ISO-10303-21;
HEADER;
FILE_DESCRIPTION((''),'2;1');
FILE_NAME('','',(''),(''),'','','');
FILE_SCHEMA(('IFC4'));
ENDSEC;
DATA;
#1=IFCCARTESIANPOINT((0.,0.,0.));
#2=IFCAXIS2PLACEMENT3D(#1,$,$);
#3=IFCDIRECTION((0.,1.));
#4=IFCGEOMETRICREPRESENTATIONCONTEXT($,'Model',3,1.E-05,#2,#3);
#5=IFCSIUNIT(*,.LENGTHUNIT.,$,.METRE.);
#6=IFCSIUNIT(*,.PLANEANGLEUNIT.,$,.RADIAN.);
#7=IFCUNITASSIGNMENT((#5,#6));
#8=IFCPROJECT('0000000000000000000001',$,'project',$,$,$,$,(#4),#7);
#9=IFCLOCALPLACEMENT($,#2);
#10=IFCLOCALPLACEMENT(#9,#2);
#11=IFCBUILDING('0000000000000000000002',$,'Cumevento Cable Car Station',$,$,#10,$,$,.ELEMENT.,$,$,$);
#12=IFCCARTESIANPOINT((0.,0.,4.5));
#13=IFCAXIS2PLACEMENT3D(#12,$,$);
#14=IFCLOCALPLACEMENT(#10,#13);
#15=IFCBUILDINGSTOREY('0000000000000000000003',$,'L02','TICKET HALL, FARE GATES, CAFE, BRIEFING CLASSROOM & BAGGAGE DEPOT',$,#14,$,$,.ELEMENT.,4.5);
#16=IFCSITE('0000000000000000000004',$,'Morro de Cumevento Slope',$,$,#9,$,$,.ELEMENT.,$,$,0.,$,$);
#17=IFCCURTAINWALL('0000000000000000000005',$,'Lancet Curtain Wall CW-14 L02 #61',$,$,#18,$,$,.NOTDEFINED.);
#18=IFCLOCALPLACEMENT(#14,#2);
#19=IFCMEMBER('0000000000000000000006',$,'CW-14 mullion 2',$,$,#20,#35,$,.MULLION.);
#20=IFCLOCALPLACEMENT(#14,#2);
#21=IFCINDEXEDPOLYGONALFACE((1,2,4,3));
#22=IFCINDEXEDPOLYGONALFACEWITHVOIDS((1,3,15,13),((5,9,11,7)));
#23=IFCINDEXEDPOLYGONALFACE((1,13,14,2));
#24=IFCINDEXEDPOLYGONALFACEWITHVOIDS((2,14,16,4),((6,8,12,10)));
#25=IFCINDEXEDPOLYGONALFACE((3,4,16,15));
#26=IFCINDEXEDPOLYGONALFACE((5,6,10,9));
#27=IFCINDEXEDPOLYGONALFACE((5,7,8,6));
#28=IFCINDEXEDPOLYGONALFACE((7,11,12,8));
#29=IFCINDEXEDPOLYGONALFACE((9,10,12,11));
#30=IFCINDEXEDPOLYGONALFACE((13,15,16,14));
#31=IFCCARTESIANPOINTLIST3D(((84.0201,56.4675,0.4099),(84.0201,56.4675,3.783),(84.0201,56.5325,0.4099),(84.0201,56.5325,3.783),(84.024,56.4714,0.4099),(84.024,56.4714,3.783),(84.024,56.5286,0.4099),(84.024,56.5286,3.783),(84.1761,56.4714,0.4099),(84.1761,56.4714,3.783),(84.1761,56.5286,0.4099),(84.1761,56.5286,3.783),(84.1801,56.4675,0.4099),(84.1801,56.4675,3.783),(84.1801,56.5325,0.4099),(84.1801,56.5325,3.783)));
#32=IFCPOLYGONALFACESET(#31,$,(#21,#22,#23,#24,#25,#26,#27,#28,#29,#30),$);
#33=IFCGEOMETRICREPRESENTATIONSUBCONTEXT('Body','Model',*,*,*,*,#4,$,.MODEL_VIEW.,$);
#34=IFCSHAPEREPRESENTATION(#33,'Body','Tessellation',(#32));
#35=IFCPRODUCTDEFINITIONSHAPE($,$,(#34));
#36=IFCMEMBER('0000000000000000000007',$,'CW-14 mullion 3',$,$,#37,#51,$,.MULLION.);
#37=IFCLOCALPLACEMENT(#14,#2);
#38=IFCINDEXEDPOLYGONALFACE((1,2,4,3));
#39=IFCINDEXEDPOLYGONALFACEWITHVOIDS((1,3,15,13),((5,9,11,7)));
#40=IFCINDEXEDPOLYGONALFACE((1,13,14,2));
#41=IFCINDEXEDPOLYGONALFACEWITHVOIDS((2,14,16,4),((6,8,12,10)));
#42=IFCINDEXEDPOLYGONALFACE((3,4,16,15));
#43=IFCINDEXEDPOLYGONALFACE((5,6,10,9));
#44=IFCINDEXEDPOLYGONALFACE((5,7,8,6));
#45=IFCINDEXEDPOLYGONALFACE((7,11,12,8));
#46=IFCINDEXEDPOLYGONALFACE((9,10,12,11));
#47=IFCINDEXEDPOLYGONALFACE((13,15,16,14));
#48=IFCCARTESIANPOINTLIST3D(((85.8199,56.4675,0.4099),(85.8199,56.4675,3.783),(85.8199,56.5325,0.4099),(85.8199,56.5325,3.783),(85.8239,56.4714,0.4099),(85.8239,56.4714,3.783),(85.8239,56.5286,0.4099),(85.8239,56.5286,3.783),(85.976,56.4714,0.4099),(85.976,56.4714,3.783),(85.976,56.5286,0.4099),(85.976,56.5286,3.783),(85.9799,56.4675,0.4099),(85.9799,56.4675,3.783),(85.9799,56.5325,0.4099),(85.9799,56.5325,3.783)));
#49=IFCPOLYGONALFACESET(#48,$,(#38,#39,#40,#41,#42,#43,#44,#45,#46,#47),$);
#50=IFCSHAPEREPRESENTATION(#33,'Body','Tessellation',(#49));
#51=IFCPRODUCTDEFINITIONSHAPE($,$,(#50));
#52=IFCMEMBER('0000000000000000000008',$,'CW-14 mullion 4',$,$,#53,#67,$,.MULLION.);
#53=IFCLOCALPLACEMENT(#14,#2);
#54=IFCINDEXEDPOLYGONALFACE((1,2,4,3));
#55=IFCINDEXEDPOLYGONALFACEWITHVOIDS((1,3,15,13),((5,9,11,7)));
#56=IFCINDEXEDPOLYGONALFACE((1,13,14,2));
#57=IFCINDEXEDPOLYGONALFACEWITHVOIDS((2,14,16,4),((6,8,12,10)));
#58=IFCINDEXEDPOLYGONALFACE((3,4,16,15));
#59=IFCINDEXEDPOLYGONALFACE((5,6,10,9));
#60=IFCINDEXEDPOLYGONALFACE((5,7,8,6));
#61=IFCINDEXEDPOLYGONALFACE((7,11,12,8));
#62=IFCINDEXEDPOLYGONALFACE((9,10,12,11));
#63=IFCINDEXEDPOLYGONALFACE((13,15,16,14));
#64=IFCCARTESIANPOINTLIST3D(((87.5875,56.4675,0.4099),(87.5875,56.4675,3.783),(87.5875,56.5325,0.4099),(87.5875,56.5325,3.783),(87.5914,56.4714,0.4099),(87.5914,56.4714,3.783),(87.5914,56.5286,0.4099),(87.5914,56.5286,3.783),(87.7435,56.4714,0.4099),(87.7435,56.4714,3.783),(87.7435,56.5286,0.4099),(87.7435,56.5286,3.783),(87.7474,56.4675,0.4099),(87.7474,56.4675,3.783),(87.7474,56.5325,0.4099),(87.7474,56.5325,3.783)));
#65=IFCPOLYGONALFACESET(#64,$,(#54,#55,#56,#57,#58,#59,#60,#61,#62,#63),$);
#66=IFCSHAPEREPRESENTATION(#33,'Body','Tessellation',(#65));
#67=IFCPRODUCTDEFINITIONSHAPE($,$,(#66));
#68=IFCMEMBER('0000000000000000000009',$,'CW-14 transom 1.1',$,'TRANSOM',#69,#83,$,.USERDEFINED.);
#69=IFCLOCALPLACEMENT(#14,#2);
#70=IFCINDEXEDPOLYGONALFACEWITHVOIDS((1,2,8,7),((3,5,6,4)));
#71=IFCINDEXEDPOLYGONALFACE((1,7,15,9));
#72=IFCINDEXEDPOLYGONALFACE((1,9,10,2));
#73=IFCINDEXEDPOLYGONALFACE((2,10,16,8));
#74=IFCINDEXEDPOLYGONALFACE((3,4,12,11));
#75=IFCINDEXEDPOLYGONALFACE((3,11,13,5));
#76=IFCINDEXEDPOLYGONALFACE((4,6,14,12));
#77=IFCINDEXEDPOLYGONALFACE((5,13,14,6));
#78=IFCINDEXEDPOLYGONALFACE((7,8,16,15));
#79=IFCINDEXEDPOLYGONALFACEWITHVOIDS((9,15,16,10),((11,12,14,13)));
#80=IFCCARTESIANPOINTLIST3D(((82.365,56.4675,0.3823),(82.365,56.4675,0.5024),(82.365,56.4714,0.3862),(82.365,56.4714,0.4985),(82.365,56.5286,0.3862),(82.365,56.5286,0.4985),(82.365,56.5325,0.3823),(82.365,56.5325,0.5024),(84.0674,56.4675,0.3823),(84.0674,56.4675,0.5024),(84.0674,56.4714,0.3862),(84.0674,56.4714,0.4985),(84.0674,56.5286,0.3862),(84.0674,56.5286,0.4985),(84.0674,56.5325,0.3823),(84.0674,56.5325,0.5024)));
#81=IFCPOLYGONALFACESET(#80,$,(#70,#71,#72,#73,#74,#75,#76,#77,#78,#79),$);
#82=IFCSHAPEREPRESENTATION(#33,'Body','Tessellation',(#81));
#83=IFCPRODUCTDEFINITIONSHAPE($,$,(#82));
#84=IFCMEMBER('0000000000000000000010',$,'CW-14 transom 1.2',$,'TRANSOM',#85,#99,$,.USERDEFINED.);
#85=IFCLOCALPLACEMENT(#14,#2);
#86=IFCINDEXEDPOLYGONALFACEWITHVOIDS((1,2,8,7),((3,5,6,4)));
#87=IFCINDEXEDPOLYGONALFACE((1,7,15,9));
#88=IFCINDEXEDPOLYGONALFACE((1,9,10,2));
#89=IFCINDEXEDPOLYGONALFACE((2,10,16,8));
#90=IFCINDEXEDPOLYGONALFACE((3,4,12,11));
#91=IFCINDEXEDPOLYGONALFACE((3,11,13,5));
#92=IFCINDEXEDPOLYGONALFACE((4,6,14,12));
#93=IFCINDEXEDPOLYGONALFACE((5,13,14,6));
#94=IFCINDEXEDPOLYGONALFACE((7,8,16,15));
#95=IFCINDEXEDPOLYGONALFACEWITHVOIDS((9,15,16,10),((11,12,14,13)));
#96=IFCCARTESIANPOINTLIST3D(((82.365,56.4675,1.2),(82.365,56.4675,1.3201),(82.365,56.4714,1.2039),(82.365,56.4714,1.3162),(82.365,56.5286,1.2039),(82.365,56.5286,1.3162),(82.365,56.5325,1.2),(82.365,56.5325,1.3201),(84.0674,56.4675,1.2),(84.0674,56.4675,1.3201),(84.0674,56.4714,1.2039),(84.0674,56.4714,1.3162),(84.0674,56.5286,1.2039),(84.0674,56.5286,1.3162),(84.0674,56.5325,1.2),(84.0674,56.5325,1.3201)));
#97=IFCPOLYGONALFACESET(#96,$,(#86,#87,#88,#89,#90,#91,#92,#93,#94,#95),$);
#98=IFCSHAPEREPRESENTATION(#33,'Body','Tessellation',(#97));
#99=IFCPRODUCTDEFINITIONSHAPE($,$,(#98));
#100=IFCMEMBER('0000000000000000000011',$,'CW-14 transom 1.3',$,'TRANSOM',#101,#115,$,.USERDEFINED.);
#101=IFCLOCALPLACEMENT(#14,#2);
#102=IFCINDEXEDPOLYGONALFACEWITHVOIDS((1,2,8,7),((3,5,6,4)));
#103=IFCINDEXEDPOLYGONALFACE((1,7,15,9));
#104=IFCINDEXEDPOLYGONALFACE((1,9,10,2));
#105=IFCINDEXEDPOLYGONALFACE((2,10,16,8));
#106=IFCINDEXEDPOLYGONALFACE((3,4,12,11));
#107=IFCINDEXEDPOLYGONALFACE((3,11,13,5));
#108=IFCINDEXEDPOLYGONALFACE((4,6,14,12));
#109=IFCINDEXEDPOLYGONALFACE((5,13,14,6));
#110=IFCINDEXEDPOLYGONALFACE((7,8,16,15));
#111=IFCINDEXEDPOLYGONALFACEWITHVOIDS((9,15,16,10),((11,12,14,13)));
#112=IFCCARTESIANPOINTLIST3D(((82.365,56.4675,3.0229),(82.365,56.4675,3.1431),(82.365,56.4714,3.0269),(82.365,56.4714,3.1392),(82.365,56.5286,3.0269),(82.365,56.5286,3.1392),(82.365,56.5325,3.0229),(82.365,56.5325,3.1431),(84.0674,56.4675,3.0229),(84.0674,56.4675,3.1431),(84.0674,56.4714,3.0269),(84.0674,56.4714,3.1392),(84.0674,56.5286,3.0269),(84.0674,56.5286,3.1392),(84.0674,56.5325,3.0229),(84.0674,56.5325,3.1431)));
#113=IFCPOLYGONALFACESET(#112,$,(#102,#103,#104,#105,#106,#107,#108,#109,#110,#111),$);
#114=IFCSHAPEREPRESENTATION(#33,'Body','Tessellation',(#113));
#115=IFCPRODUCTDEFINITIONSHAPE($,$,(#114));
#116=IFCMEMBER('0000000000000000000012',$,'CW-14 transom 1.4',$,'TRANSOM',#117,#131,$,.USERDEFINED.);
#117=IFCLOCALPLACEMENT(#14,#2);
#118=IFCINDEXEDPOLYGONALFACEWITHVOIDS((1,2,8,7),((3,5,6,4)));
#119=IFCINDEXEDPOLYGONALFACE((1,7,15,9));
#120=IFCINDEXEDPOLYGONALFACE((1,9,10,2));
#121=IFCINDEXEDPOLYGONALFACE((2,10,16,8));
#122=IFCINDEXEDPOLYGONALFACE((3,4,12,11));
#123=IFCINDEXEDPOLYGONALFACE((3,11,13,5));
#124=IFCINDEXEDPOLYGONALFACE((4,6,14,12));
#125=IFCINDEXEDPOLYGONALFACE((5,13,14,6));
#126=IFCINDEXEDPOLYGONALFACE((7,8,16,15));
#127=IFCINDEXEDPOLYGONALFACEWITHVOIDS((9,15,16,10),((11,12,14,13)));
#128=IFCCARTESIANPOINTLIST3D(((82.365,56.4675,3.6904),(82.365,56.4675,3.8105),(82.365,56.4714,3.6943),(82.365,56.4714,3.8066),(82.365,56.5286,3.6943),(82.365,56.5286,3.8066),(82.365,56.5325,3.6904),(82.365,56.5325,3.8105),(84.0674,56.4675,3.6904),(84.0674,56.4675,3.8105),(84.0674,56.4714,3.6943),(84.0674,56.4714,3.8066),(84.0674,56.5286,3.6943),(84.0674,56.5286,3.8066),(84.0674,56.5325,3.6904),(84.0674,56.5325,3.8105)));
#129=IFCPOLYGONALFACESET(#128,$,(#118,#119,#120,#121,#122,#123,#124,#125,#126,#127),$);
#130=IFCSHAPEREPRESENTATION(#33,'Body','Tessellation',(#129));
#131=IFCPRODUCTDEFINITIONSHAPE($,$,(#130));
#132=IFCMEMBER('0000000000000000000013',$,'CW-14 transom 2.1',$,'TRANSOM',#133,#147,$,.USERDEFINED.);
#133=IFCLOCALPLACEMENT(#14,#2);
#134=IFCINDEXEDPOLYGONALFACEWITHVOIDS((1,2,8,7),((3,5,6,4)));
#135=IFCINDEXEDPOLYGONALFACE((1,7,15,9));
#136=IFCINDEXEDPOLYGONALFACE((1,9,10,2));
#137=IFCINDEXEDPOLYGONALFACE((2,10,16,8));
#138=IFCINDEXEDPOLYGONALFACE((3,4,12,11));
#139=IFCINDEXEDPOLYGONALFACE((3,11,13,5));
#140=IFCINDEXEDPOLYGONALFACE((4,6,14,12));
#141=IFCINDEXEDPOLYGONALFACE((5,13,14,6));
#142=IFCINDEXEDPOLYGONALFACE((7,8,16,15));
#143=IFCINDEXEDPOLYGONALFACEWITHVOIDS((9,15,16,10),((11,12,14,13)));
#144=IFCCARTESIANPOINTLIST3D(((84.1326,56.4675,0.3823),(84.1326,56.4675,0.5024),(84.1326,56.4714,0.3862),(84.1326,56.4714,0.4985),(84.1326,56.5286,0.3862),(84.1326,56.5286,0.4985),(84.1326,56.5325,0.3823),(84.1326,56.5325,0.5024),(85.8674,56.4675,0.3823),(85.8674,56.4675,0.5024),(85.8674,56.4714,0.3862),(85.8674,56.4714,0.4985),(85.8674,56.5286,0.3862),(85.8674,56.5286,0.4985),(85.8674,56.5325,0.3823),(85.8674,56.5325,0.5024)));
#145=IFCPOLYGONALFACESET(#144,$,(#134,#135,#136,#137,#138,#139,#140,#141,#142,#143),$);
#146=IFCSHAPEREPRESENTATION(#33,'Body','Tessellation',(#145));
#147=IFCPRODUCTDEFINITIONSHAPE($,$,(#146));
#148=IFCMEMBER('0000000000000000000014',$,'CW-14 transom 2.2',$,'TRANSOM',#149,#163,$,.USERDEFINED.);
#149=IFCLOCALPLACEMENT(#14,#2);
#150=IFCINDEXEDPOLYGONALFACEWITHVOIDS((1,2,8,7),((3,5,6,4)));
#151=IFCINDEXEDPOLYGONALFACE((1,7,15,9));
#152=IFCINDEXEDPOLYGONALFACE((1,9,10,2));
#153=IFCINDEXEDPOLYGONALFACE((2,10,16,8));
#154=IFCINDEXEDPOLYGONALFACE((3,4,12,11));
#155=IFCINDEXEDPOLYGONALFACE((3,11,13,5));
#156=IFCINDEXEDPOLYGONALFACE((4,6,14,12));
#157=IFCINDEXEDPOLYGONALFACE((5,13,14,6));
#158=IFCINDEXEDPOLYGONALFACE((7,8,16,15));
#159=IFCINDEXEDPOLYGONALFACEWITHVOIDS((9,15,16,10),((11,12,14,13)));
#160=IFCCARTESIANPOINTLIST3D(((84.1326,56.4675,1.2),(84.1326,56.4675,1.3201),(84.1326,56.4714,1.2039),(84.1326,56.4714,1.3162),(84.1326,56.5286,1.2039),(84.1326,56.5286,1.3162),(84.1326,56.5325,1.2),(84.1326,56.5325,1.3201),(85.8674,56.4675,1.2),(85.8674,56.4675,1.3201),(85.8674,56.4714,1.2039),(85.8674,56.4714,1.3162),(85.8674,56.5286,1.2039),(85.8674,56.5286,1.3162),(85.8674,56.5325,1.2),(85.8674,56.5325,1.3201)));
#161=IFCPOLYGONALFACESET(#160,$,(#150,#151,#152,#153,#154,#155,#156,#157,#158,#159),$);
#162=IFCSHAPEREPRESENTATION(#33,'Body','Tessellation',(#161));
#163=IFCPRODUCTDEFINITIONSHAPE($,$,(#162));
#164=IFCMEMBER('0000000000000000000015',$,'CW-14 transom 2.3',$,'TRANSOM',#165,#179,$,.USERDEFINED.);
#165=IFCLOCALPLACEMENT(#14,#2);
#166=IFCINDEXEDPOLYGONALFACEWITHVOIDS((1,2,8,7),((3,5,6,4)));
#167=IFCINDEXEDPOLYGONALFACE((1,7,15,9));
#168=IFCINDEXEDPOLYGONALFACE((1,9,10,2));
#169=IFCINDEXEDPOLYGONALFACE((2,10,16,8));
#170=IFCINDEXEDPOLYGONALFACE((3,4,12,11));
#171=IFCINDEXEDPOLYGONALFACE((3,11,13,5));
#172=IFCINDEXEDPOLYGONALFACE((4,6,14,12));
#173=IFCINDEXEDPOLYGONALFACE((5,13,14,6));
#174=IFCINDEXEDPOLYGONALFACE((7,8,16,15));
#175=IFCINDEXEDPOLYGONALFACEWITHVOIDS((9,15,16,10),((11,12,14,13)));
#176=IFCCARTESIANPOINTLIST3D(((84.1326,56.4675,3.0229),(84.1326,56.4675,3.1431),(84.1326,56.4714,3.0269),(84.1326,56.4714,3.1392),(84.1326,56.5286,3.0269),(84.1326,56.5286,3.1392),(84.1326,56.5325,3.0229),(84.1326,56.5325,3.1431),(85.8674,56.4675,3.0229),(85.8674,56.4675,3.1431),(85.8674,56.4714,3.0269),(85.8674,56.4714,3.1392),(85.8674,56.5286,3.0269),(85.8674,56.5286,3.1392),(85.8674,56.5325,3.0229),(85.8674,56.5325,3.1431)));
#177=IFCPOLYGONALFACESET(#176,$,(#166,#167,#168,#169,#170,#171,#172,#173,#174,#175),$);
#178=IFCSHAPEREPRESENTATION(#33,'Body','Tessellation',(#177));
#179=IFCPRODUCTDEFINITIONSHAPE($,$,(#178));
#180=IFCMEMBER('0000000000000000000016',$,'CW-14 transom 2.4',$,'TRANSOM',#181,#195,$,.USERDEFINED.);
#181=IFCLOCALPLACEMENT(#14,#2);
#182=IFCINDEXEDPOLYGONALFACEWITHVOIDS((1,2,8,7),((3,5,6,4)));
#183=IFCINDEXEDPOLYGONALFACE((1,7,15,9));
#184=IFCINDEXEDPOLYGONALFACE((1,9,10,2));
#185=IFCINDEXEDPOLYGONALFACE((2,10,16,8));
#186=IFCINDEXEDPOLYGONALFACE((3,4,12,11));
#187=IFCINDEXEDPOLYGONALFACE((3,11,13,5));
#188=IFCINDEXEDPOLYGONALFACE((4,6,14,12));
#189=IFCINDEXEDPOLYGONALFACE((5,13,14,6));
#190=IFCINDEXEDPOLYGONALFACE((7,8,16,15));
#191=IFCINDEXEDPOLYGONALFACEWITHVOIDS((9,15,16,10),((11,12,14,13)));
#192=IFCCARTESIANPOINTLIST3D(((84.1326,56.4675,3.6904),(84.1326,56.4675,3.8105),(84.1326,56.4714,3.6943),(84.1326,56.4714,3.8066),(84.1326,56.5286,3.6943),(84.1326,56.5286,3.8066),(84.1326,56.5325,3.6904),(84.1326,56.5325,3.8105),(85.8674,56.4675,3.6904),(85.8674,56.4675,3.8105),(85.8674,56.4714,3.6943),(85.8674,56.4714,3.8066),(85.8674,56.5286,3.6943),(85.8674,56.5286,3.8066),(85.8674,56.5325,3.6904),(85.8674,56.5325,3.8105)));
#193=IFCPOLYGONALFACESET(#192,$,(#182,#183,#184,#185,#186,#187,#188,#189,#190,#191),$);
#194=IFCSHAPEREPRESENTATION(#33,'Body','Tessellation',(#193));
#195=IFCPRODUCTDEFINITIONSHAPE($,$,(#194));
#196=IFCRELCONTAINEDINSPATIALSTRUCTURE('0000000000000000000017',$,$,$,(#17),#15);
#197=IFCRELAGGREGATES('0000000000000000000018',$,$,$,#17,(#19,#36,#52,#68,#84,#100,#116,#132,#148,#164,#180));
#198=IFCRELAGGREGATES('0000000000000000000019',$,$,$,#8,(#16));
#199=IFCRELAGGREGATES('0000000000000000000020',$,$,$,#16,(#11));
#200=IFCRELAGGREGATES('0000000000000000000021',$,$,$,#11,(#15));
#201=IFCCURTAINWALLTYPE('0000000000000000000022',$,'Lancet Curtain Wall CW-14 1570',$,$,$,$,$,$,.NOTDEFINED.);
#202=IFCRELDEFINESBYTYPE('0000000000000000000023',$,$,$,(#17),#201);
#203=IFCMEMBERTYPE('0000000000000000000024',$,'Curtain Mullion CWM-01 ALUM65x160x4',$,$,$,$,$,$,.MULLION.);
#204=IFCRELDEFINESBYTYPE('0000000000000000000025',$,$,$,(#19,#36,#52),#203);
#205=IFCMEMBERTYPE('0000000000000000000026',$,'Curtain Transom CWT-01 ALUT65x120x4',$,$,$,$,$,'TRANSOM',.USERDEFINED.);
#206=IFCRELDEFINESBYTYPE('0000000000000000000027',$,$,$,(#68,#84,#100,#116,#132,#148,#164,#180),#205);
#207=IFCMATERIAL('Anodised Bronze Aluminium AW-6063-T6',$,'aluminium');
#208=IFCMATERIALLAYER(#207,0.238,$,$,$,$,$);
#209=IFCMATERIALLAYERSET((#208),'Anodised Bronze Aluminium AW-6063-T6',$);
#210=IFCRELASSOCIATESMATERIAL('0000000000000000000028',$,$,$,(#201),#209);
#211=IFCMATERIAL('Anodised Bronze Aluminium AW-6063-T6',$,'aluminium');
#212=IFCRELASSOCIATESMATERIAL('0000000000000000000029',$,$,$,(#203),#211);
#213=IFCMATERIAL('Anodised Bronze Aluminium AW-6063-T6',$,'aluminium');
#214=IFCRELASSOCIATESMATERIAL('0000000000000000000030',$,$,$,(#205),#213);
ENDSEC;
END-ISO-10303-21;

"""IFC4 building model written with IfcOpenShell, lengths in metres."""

from ifc_helpers import new_model, si_unit, direction, frame, origin, origin_2d, place, context, subcontext, project, spatial, hollow_rectangle, extrude, material, layer, layer_set, material_profile, profile_set, type_object, element, aggregate, save


model = new_model("IFC4")

# Units and contexts
model_context = context("Model", 3, precision=1e-05, world=origin(), true_north=direction((0.0, 1.0)))
body_context = subcontext(model_context, "Body", "Model", "MODEL_VIEW")
ifc_project = project(units=[si_unit("LENGTHUNIT", "METRE"), si_unit("PLANEANGLEUNIT", "RADIAN")], contexts=[model_context])

# Site, building, storey
site_placement = place(None, origin())
site = spatial("IfcSite", under=ifc_project, at=site_placement, Name="Morro de Cumevento Slope", CompositionType="ELEMENT", RefElevation=0.0)
building_placement = place(site_placement, origin())
building = spatial("IfcBuilding", under=site, at=building_placement, Name="Cumevento Cable Car Station", CompositionType="ELEMENT")
storey_placement = place(building_placement, frame((0.0, 0.0, 4.5)))
storey = spatial("IfcBuildingStorey", under=building, at=storey_placement, Name="L02", Description="TICKET HALL, FARE GATES, CAFE, BRIEFING CLASSROOM & BAGGAGE DEPOT", CompositionType="ELEMENT", Elevation=4.5)

# Curtain wall, members
ifc_material_1 = material(Name="Anodised Bronze Aluminium AW-6063-T6", Category="aluminium")
ifc_layer_1 = layer(ifc_material_1, 0.238)
ifc_layer_set_1 = layer_set([ifc_layer_1], Name="Anodised Bronze Aluminium AW-6063-T6")
curtain_wall_type = type_object("IfcCurtainWallType", Name="Lancet Curtain Wall CW-14 1570", PredefinedType="NOTDEFINED", material=ifc_layer_set_1)
curtain_wall_placement = place(storey_placement, origin())
curtain_wall = element("IfcCurtainWall", 1, at=curtain_wall_placement, inside=storey, type_object=curtain_wall_type, Name="Lancet Curtain Wall CW-14 L02 #61", PredefinedType="NOTDEFINED")
ifc_material_2 = material(Name="Anodised Bronze Aluminium AW-6063-T6", Category="aluminium")
ifc_material_profile_1 = material_profile(ifc_material_2, hollow_rectangle(XDim=0.0649, YDim=0.1599, WallThickness=0.0039, at=origin_2d()), Name="ALUM65x160x4")
ifc_profile_set_1 = profile_set([ifc_material_profile_1], Name="Anodised Bronze Aluminium AW-6063-T6")
member_type_1 = type_object("IfcMemberType", Name="Curtain Mullion CWM-01 ALUM65x160x4", PredefinedType="MULLION", material=ifc_profile_set_1)
member_1_placement = place(storey_placement, frame((84.1001, 56.5, 0.4099), z_axis=(0.0, 0.0, 1.0), x_axis=(0.0, 1.0, 0.0)))
member_1 = element("IfcMember", 2, at=member_1_placement, type_object=member_type_1, Name="CW-14 mullion 2", PredefinedType="MULLION", context=body_context, shape_type="SweptSolid", body=[
    extrude(hollow_rectangle(XDim=0.0649, YDim=0.1599, WallThickness=0.0039, at=origin_2d()), origin(), (0.0, 0.0, 1.0), 3.373),
])
member_2_placement = place(storey_placement, frame((85.8999, 56.5, 0.4099), z_axis=(0.0, 0.0, 1.0), x_axis=(0.0, 1.0, 0.0)))
member_2 = element("IfcMember", 3, at=member_2_placement, type_object=member_type_1, Name="CW-14 mullion 3", PredefinedType="MULLION", context=body_context, shape_type="SweptSolid", body=[
    extrude(hollow_rectangle(XDim=0.0649, YDim=0.1599, WallThickness=0.0039, at=origin_2d()), origin(), (0.0, 0.0, 1.0), 3.373),
])
member_3_placement = place(storey_placement, frame((87.6675, 56.5, 0.4099), z_axis=(0.0, 0.0, 1.0), x_axis=(0.0, 1.0, 0.0)))
member_3 = element("IfcMember", 4, at=member_3_placement, type_object=member_type_1, Name="CW-14 mullion 4", PredefinedType="MULLION", context=body_context, shape_type="SweptSolid", body=[
    extrude(hollow_rectangle(XDim=0.0649, YDim=0.1599, WallThickness=0.0039, at=origin_2d()), origin(), (0.0, 0.0, 1.0), 3.373),
])
ifc_material_3 = material(Name="Anodised Bronze Aluminium AW-6063-T6", Category="aluminium")
ifc_material_profile_2 = material_profile(ifc_material_3, hollow_rectangle(XDim=0.0649, YDim=0.1201, WallThickness=0.0039, at=origin_2d()), Name="ALUT65x120x4")
ifc_profile_set_2 = profile_set([ifc_material_profile_2], Name="Anodised Bronze Aluminium AW-6063-T6")
member_type_2 = type_object("IfcMemberType", Name="Curtain Transom CWT-01 ALUT65x120x4", ElementType="TRANSOM", PredefinedType="USERDEFINED", material=ifc_profile_set_2)
member_4_placement = place(storey_placement, frame((82.365, 56.5, 0.4424), z_axis=(1.0, 0.0, 0.0), x_axis=(0.0, 1.0, 0.0)))
member_4 = element("IfcMember", 5, at=member_4_placement, type_object=member_type_2, Name="CW-14 transom 1.1", ObjectType="TRANSOM", PredefinedType="USERDEFINED", context=body_context, shape_type="SweptSolid", body=[
    extrude(hollow_rectangle(XDim=0.0649, YDim=0.1201, WallThickness=0.0039, at=origin_2d()), origin(), (0.0, 0.0, 1.0), 1.7024),
])
member_5_placement = place(storey_placement, frame((82.365, 56.5, 1.26), z_axis=(1.0, 0.0, 0.0), x_axis=(0.0, 1.0, 0.0)))
member_5 = element("IfcMember", 6, at=member_5_placement, type_object=member_type_2, Name="CW-14 transom 1.2", ObjectType="TRANSOM", PredefinedType="USERDEFINED", context=body_context, shape_type="SweptSolid", body=[
    extrude(hollow_rectangle(XDim=0.0649, YDim=0.1201, WallThickness=0.0039, at=origin_2d()), origin(), (0.0, 0.0, 1.0), 1.7024),
])
member_6_placement = place(storey_placement, frame((82.365, 56.5, 3.083), z_axis=(1.0, 0.0, 0.0), x_axis=(0.0, 1.0, 0.0)))
member_6 = element("IfcMember", 7, at=member_6_placement, type_object=member_type_2, Name="CW-14 transom 1.3", ObjectType="TRANSOM", PredefinedType="USERDEFINED", context=body_context, shape_type="SweptSolid", body=[
    extrude(hollow_rectangle(XDim=0.0649, YDim=0.1201, WallThickness=0.0039, at=origin_2d()), origin(), (0.0, 0.0, 1.0), 1.7024),
])
member_7_placement = place(storey_placement, frame((82.365, 56.5, 3.7505), z_axis=(1.0, 0.0, 0.0), x_axis=(0.0, 1.0, 0.0)))
member_7 = element("IfcMember", 8, at=member_7_placement, type_object=member_type_2, Name="CW-14 transom 1.4", ObjectType="TRANSOM", PredefinedType="USERDEFINED", context=body_context, shape_type="SweptSolid", body=[
    extrude(hollow_rectangle(XDim=0.0649, YDim=0.1201, WallThickness=0.0039, at=origin_2d()), origin(), (0.0, 0.0, 1.0), 1.7024),
])
member_8_placement = place(storey_placement, frame((84.1326, 56.5, 0.4424), z_axis=(1.0, 0.0, 0.0), x_axis=(0.0, 1.0, 0.0)))
member_8 = element("IfcMember", 9, at=member_8_placement, type_object=member_type_2, Name="CW-14 transom 2.1", ObjectType="TRANSOM", PredefinedType="USERDEFINED", context=body_context, shape_type="SweptSolid", body=[
    extrude(hollow_rectangle(XDim=0.0649, YDim=0.1201, WallThickness=0.0039, at=origin_2d()), origin(), (0.0, 0.0, 1.0), 1.7349),
])
member_9_placement = place(storey_placement, frame((84.1326, 56.5, 1.26), z_axis=(1.0, 0.0, 0.0), x_axis=(0.0, 1.0, 0.0)))
member_9 = element("IfcMember", 10, at=member_9_placement, type_object=member_type_2, Name="CW-14 transom 2.2", ObjectType="TRANSOM", PredefinedType="USERDEFINED", context=body_context, shape_type="SweptSolid", body=[
    extrude(hollow_rectangle(XDim=0.0649, YDim=0.1201, WallThickness=0.0039, at=origin_2d()), origin(), (0.0, 0.0, 1.0), 1.7349),
])
member_10_placement = place(storey_placement, frame((84.1326, 56.5, 3.083), z_axis=(1.0, 0.0, 0.0), x_axis=(0.0, 1.0, 0.0)))
member_10 = element("IfcMember", 11, at=member_10_placement, type_object=member_type_2, Name="CW-14 transom 2.3", ObjectType="TRANSOM", PredefinedType="USERDEFINED", context=body_context, shape_type="SweptSolid", body=[
    extrude(hollow_rectangle(XDim=0.0649, YDim=0.1201, WallThickness=0.0039, at=origin_2d()), origin(), (0.0, 0.0, 1.0), 1.7349),
])
member_11_placement = place(storey_placement, frame((84.1326, 56.5, 3.7505), z_axis=(1.0, 0.0, 0.0), x_axis=(0.0, 1.0, 0.0)))
member_11 = element("IfcMember", 12, at=member_11_placement, type_object=member_type_2, Name="CW-14 transom 2.4", ObjectType="TRANSOM", PredefinedType="USERDEFINED", context=body_context, shape_type="SweptSolid", body=[
    extrude(hollow_rectangle(XDim=0.0649, YDim=0.1201, WallThickness=0.0039, at=origin_2d()), origin(), (0.0, 0.0, 1.0), 1.7349),
])
aggregate(curtain_wall, [member_1, member_2, member_3, member_4, member_5, member_6, member_7, member_8, member_9, member_10, member_11])

save(model, "model.ifc")
